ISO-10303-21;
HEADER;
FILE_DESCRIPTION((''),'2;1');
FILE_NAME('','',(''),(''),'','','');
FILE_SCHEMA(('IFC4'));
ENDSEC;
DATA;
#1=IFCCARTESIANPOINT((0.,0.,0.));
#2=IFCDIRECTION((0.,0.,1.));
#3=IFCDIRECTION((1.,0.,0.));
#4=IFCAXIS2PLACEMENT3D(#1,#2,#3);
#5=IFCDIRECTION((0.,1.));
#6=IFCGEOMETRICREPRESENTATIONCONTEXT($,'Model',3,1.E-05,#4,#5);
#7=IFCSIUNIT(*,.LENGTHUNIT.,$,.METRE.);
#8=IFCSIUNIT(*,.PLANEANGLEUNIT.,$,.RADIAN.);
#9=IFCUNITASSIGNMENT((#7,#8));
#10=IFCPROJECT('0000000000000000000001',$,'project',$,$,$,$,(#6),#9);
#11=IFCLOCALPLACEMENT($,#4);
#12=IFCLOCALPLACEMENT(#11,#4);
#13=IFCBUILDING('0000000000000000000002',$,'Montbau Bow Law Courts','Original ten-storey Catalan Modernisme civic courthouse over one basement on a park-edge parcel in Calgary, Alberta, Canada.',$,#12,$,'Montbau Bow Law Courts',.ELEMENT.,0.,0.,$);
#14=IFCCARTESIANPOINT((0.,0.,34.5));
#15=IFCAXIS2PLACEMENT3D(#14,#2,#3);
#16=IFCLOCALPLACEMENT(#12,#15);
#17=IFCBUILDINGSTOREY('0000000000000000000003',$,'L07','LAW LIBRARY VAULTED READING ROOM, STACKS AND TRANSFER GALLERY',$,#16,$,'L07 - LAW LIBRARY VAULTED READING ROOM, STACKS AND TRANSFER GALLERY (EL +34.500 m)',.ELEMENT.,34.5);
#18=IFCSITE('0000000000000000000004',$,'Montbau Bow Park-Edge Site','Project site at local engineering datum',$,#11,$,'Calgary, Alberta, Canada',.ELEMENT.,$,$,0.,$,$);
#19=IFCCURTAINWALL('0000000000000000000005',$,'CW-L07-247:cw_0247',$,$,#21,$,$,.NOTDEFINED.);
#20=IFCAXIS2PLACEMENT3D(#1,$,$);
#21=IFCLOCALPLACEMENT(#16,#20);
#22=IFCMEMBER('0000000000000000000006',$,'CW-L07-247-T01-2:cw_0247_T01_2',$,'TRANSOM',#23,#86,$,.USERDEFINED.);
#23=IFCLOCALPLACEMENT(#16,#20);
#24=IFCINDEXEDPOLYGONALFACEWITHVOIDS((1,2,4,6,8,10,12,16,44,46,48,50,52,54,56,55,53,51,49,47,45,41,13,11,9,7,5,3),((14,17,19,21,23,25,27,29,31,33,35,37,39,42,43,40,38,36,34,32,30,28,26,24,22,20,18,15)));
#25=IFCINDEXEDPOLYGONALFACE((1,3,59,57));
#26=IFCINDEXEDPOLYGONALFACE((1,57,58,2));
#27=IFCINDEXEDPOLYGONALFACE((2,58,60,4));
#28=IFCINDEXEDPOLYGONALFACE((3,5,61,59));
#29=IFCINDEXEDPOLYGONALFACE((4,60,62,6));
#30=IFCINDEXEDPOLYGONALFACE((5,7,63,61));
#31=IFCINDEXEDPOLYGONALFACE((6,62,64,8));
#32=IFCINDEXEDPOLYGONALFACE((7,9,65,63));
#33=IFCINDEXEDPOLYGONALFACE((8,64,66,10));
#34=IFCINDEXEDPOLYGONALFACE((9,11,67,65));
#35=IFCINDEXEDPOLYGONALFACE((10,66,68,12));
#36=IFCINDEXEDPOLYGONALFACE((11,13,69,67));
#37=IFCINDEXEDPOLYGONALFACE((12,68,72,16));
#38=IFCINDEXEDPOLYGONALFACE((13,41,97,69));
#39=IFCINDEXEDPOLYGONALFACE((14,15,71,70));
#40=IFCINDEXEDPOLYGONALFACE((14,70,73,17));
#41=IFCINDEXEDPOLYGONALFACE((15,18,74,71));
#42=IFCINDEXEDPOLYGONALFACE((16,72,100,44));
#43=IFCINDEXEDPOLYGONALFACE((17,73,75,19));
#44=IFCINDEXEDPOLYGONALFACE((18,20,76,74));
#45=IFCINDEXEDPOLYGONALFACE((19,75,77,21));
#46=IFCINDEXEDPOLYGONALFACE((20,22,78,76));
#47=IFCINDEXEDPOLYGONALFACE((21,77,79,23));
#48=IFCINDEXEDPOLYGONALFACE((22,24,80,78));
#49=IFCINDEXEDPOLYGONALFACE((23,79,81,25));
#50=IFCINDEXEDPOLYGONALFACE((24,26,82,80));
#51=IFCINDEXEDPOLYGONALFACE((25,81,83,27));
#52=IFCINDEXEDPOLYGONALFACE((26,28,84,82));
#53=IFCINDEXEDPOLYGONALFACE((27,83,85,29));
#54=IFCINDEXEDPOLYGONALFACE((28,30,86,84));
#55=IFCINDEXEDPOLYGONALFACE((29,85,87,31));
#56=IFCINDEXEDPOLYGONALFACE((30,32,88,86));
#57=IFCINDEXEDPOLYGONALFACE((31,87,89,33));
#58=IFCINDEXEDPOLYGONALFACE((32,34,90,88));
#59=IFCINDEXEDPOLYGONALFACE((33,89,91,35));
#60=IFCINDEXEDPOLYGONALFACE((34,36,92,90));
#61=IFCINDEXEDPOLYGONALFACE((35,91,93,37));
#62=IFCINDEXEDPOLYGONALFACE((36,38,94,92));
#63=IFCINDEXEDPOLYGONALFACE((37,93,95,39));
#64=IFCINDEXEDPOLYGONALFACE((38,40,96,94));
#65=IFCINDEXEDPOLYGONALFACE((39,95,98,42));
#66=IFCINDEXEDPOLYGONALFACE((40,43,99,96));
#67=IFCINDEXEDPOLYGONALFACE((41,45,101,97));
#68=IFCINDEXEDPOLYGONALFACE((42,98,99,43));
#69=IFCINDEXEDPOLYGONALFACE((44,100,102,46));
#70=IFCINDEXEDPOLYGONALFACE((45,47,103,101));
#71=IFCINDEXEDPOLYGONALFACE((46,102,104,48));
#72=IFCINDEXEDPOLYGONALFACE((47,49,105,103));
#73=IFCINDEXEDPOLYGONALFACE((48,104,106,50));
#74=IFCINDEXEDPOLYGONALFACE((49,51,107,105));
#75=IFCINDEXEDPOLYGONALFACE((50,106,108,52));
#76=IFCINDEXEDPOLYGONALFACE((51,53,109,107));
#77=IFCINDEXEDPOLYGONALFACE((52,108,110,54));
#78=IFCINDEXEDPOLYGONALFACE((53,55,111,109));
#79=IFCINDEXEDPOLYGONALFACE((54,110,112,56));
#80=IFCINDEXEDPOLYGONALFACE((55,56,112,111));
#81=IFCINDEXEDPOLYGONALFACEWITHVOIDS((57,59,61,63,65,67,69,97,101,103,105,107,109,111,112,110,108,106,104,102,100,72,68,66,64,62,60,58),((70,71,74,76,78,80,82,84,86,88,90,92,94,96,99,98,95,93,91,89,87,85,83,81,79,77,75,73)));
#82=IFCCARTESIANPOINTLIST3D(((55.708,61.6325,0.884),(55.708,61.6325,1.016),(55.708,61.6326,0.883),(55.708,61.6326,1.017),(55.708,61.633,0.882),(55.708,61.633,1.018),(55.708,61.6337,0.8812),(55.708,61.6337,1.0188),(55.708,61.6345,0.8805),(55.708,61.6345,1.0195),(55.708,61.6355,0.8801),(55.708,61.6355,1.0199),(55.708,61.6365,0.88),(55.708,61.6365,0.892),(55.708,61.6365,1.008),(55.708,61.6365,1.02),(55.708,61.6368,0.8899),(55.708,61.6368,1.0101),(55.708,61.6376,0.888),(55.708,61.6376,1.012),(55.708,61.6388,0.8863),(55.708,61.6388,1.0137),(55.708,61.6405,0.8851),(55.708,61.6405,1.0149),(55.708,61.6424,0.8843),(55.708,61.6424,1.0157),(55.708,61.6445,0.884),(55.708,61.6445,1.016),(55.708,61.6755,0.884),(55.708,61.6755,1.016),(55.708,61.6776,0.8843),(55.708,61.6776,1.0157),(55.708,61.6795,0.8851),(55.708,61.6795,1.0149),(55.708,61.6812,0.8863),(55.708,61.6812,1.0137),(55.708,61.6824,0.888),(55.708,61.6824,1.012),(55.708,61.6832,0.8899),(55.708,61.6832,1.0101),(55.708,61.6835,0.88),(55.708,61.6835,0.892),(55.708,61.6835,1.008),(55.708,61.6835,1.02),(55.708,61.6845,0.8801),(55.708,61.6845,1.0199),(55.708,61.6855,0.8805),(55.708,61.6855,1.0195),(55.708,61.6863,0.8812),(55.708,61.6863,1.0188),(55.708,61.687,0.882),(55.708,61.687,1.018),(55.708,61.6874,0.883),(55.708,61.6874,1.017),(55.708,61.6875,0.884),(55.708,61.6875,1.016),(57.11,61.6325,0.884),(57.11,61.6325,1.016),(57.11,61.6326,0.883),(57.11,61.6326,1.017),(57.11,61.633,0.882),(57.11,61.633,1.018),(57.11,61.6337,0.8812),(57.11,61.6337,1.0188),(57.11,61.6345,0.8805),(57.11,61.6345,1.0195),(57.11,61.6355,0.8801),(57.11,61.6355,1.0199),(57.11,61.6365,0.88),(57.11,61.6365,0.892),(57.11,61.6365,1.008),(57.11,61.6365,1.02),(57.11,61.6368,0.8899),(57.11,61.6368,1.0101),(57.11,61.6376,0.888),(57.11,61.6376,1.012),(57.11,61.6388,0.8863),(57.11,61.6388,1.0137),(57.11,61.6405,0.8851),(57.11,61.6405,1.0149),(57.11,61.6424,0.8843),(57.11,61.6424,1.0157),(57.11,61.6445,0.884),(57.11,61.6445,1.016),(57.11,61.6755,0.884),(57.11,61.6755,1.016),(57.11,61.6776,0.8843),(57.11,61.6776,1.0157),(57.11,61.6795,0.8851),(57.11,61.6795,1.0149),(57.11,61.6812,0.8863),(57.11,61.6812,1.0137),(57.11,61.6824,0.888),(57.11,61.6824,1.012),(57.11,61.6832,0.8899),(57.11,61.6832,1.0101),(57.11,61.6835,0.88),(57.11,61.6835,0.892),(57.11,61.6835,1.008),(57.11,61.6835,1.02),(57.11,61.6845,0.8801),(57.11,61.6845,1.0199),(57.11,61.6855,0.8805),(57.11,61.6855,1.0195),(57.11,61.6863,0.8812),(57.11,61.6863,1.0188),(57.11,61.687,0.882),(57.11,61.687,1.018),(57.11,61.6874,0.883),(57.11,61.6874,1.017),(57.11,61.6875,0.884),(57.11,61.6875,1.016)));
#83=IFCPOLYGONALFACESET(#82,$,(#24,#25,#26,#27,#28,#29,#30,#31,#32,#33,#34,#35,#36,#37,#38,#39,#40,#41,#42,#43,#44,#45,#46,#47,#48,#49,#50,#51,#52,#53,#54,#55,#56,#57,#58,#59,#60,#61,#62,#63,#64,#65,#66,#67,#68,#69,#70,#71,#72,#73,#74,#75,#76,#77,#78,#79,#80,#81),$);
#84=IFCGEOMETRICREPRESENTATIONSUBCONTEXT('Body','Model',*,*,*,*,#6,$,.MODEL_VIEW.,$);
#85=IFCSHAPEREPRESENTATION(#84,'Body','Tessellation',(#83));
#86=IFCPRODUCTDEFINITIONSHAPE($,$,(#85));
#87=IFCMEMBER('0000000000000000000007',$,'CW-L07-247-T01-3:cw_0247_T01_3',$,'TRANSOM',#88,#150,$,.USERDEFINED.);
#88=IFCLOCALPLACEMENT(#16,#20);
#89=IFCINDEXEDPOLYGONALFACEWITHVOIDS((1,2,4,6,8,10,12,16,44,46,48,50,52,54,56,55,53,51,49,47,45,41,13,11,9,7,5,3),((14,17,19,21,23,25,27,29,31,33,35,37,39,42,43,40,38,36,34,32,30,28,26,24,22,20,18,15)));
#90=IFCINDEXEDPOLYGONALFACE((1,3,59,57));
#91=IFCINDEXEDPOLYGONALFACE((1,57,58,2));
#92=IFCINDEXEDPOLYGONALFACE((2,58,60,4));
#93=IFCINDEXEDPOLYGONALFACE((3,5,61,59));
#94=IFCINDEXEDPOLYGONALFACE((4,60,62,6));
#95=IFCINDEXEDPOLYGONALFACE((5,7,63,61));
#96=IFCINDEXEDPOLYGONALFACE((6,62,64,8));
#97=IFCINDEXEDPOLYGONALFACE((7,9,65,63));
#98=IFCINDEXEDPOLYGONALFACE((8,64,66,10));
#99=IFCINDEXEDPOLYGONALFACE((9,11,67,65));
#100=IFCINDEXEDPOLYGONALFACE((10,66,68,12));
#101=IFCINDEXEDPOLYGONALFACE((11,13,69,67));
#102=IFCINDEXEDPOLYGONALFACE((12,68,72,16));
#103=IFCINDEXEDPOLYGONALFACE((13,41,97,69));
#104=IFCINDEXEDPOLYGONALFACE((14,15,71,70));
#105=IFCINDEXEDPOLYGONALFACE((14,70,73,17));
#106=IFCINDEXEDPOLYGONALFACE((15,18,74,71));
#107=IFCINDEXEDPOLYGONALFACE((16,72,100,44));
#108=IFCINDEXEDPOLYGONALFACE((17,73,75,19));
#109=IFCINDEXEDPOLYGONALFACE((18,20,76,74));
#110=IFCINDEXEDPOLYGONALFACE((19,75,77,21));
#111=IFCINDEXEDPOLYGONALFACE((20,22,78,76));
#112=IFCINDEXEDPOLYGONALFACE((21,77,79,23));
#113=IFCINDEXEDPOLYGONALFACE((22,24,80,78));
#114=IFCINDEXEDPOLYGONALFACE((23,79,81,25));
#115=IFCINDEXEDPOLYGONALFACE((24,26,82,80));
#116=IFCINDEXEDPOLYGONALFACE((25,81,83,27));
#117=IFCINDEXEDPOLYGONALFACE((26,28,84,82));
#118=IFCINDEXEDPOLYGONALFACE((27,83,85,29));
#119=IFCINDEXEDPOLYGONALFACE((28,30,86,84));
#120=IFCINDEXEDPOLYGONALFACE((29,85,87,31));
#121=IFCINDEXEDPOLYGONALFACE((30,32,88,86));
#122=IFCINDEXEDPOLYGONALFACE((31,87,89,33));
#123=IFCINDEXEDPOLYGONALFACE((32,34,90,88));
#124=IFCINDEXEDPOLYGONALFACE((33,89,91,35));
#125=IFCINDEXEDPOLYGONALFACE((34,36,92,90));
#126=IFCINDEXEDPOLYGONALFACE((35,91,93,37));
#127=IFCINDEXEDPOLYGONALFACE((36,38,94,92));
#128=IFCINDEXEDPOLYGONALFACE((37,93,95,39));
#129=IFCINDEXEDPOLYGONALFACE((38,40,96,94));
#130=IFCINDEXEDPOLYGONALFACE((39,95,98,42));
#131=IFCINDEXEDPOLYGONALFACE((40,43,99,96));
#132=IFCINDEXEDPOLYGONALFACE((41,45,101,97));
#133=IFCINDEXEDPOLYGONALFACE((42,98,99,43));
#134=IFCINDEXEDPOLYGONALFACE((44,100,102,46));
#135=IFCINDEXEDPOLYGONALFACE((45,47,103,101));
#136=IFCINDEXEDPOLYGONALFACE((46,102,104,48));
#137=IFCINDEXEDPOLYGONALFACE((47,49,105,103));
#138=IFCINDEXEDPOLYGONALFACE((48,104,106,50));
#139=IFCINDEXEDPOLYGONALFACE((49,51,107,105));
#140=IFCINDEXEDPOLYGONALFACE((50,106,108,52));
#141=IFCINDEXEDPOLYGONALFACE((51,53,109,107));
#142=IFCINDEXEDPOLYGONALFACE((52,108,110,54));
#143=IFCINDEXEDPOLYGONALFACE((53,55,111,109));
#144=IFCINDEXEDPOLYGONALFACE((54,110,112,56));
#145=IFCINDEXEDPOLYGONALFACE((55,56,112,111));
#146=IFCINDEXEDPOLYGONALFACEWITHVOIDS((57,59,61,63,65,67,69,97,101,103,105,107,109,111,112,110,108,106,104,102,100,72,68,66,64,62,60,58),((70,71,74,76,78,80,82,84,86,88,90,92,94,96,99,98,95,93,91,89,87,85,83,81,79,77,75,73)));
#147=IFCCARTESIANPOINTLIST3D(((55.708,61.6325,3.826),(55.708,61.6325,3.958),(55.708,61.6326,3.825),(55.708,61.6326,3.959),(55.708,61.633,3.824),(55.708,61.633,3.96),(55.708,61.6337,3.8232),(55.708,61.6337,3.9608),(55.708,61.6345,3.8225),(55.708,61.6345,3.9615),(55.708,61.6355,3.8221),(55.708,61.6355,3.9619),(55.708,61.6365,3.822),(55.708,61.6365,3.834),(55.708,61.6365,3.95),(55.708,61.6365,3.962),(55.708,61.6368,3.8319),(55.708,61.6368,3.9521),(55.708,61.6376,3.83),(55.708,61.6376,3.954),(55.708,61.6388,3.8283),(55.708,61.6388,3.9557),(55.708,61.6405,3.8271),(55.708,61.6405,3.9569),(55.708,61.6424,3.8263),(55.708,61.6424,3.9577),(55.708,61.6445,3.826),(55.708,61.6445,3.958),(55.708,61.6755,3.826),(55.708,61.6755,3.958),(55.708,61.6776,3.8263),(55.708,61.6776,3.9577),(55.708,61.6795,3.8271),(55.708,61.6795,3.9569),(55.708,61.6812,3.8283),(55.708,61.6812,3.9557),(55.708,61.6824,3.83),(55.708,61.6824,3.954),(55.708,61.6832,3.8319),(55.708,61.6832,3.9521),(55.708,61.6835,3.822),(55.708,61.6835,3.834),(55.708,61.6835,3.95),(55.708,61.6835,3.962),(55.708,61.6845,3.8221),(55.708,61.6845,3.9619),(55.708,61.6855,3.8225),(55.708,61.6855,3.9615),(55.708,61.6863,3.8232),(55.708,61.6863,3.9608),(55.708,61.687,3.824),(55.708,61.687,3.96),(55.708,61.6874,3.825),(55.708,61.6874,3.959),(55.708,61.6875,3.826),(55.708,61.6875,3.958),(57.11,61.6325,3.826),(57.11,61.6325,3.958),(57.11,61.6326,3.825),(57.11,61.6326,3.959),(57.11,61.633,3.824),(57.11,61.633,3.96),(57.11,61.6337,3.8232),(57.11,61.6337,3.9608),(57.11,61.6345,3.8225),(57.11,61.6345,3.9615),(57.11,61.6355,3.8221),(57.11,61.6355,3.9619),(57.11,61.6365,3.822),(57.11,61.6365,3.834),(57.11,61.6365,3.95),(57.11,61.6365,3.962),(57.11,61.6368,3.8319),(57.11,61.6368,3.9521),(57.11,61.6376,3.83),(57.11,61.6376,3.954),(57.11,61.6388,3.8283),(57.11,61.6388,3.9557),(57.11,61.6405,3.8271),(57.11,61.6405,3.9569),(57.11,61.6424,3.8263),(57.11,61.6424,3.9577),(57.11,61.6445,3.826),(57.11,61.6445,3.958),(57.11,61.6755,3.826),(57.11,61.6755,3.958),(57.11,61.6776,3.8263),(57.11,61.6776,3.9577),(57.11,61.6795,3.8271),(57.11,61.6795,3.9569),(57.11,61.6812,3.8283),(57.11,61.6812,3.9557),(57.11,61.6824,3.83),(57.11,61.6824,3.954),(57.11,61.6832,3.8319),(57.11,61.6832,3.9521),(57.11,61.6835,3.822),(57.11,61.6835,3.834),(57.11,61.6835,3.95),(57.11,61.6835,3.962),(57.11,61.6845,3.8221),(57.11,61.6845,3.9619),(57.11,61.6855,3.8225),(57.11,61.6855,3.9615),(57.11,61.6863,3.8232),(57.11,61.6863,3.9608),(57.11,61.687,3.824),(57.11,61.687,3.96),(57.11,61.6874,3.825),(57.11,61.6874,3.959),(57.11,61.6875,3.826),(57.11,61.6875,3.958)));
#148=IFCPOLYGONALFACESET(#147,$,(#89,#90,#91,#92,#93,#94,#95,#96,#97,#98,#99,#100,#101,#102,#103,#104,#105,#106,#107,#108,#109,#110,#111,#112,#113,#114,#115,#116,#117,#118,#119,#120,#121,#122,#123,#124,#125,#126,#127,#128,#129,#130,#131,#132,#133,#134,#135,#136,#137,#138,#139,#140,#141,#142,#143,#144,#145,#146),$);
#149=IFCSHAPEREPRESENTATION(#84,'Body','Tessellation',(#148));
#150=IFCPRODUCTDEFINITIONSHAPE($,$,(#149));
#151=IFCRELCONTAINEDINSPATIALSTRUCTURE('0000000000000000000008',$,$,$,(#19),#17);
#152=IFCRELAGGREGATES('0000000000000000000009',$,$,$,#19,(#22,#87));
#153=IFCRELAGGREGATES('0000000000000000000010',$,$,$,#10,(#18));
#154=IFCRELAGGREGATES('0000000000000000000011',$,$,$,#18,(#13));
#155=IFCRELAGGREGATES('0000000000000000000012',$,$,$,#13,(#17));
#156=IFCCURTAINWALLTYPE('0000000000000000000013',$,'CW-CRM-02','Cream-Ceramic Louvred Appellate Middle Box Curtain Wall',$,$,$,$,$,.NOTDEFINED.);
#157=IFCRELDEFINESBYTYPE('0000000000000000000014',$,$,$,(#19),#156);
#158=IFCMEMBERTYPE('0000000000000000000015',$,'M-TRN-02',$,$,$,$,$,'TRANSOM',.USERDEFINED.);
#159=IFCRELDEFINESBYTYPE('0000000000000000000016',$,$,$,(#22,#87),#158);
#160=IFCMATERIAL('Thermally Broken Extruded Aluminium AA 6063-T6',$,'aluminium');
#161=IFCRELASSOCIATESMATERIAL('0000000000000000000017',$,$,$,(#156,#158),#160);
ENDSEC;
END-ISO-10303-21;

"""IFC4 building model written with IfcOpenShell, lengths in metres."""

from ifc_helpers import new_model, si_unit, direction, frame, origin_with_axes, origin_2d_with_axis, place, context, subcontext, project, spatial, hollow_rectangle, extrude, material, material_profile, profile_set, type_object, element, aggregate, save


model = new_model("IFC4")

# Units and contexts
model_context = context("Model", 3, precision=1e-05, world=origin_with_axes(), true_north=direction((0.0, 1.0)))
body_context = subcontext(model_context, "Body", "Model", "MODEL_VIEW")
ifc_project = project(units=[si_unit("LENGTHUNIT", "METRE"), si_unit("PLANEANGLEUNIT", "RADIAN")], contexts=[model_context])

# Site, building, storey
site_placement = place(None, origin_with_axes())
site = spatial("IfcSite", under=ifc_project, at=site_placement, Name="Montbau Bow Park-Edge Site", Description="Project site at local engineering datum", LongName="Calgary, Alberta, Canada", CompositionType="ELEMENT", RefElevation=0.0)
building_placement = place(site_placement, origin_with_axes())
building = spatial("IfcBuilding", under=site, at=building_placement, Name="Montbau Bow Law Courts", Description="Original ten-storey Catalan Modernisme civic courthouse over one basement on a park-edge parcel in Calgary, Alberta, Canada.", LongName="Montbau Bow Law Courts", CompositionType="ELEMENT", ElevationOfRefHeight=0.0, ElevationOfTerrain=0.0)
storey_placement = place(building_placement, frame((0.0, 0.0, 34.5), z_axis=(0.0, 0.0, 1.0), x_axis=(1.0, 0.0, 0.0)))
storey = spatial("IfcBuildingStorey", under=building, at=storey_placement, Name="L07", Description="LAW LIBRARY VAULTED READING ROOM, STACKS AND TRANSFER GALLERY", LongName="L07 - LAW LIBRARY VAULTED READING ROOM, STACKS AND TRANSFER GALLERY (EL +34.500 m)", CompositionType="ELEMENT", Elevation=34.5)

# Curtain wall, members
ifc_material_1 = material(Name="Thermally Broken Extruded Aluminium AA 6063-T6", Category="aluminium")
curtain_wall_type = type_object("IfcCurtainWallType", Name="CW-CRM-02", Description="Cream-Ceramic Louvred Appellate Middle Box Curtain Wall", PredefinedType="NOTDEFINED", material=ifc_material_1)
curtain_wall_1_placement = place(None, frame((55.64, 61.66, 34.5), z_axis=(0.0, 0.0, 1.0), x_axis=(1.0, 0.0, 0.0)))
curtain_wall_1 = element("IfcCurtainWall", 1, at=curtain_wall_1_placement, inside=storey, type_object=curtain_wall_type, Name="CW-L07-247:cw_0247", PredefinedType="NOTDEFINED")
ifc_material_profile_1 = material_profile(ifc_material_1, hollow_rectangle(XDim=0.055, YDim=0.14, WallThickness=0.004, InnerFilletRadius=0.008, OuterFilletRadius=0.004, at=origin_2d_with_axis()), Name="CWT-140X55", Category="Main", Priority=0)
ifc_profile_set_1 = profile_set([ifc_material_profile_1], Name="Thermally Broken Extruded Aluminium AA 6063-T6")
member_type_1 = type_object("IfcMemberType", Name="M-TRN-02", ElementType="TRANSOM", PredefinedType="USERDEFINED", material=ifc_profile_set_1)
member_1_placement = place(None, frame((55.708, 61.66, 35.45), z_axis=(1.0, 0.0, 0.0), x_axis=(0.0, 1.0, 0.0)))
member_1 = element("IfcMember", 2, at=member_1_placement, type_object=member_type_1, Name="CW-L07-247-T01-2:cw_0247_T01_2", ObjectType="TRANSOM", PredefinedType="USERDEFINED", context=body_context, shape_type="SweptSolid", body=[
    extrude(hollow_rectangle(XDim=0.055, YDim=0.14, WallThickness=0.004, InnerFilletRadius=0.008, OuterFilletRadius=0.004, at=origin_2d_with_axis()), origin_with_axes(), (0.0, 0.0, 1.0), 1.402),
])
member_2_placement = place(None, frame((55.708, 61.66, 38.392), z_axis=(1.0, 0.0, 0.0), x_axis=(0.0, 1.0, 0.0)))
member_2 = element("IfcMember", 3, at=member_2_placement, type_object=member_type_1, Name="CW-L07-247-T01-3:cw_0247_T01_3", ObjectType="TRANSOM", PredefinedType="USERDEFINED", context=body_context, shape_type="SweptSolid", body=[
    extrude(hollow_rectangle(XDim=0.055, YDim=0.14, WallThickness=0.004, InnerFilletRadius=0.008, OuterFilletRadius=0.004, at=origin_2d_with_axis()), origin_with_axes(), (0.0, 0.0, 1.0), 1.402),
])

aggregate(curtain_wall_1, [member_1, member_2])

save(model, "model.ifc")
